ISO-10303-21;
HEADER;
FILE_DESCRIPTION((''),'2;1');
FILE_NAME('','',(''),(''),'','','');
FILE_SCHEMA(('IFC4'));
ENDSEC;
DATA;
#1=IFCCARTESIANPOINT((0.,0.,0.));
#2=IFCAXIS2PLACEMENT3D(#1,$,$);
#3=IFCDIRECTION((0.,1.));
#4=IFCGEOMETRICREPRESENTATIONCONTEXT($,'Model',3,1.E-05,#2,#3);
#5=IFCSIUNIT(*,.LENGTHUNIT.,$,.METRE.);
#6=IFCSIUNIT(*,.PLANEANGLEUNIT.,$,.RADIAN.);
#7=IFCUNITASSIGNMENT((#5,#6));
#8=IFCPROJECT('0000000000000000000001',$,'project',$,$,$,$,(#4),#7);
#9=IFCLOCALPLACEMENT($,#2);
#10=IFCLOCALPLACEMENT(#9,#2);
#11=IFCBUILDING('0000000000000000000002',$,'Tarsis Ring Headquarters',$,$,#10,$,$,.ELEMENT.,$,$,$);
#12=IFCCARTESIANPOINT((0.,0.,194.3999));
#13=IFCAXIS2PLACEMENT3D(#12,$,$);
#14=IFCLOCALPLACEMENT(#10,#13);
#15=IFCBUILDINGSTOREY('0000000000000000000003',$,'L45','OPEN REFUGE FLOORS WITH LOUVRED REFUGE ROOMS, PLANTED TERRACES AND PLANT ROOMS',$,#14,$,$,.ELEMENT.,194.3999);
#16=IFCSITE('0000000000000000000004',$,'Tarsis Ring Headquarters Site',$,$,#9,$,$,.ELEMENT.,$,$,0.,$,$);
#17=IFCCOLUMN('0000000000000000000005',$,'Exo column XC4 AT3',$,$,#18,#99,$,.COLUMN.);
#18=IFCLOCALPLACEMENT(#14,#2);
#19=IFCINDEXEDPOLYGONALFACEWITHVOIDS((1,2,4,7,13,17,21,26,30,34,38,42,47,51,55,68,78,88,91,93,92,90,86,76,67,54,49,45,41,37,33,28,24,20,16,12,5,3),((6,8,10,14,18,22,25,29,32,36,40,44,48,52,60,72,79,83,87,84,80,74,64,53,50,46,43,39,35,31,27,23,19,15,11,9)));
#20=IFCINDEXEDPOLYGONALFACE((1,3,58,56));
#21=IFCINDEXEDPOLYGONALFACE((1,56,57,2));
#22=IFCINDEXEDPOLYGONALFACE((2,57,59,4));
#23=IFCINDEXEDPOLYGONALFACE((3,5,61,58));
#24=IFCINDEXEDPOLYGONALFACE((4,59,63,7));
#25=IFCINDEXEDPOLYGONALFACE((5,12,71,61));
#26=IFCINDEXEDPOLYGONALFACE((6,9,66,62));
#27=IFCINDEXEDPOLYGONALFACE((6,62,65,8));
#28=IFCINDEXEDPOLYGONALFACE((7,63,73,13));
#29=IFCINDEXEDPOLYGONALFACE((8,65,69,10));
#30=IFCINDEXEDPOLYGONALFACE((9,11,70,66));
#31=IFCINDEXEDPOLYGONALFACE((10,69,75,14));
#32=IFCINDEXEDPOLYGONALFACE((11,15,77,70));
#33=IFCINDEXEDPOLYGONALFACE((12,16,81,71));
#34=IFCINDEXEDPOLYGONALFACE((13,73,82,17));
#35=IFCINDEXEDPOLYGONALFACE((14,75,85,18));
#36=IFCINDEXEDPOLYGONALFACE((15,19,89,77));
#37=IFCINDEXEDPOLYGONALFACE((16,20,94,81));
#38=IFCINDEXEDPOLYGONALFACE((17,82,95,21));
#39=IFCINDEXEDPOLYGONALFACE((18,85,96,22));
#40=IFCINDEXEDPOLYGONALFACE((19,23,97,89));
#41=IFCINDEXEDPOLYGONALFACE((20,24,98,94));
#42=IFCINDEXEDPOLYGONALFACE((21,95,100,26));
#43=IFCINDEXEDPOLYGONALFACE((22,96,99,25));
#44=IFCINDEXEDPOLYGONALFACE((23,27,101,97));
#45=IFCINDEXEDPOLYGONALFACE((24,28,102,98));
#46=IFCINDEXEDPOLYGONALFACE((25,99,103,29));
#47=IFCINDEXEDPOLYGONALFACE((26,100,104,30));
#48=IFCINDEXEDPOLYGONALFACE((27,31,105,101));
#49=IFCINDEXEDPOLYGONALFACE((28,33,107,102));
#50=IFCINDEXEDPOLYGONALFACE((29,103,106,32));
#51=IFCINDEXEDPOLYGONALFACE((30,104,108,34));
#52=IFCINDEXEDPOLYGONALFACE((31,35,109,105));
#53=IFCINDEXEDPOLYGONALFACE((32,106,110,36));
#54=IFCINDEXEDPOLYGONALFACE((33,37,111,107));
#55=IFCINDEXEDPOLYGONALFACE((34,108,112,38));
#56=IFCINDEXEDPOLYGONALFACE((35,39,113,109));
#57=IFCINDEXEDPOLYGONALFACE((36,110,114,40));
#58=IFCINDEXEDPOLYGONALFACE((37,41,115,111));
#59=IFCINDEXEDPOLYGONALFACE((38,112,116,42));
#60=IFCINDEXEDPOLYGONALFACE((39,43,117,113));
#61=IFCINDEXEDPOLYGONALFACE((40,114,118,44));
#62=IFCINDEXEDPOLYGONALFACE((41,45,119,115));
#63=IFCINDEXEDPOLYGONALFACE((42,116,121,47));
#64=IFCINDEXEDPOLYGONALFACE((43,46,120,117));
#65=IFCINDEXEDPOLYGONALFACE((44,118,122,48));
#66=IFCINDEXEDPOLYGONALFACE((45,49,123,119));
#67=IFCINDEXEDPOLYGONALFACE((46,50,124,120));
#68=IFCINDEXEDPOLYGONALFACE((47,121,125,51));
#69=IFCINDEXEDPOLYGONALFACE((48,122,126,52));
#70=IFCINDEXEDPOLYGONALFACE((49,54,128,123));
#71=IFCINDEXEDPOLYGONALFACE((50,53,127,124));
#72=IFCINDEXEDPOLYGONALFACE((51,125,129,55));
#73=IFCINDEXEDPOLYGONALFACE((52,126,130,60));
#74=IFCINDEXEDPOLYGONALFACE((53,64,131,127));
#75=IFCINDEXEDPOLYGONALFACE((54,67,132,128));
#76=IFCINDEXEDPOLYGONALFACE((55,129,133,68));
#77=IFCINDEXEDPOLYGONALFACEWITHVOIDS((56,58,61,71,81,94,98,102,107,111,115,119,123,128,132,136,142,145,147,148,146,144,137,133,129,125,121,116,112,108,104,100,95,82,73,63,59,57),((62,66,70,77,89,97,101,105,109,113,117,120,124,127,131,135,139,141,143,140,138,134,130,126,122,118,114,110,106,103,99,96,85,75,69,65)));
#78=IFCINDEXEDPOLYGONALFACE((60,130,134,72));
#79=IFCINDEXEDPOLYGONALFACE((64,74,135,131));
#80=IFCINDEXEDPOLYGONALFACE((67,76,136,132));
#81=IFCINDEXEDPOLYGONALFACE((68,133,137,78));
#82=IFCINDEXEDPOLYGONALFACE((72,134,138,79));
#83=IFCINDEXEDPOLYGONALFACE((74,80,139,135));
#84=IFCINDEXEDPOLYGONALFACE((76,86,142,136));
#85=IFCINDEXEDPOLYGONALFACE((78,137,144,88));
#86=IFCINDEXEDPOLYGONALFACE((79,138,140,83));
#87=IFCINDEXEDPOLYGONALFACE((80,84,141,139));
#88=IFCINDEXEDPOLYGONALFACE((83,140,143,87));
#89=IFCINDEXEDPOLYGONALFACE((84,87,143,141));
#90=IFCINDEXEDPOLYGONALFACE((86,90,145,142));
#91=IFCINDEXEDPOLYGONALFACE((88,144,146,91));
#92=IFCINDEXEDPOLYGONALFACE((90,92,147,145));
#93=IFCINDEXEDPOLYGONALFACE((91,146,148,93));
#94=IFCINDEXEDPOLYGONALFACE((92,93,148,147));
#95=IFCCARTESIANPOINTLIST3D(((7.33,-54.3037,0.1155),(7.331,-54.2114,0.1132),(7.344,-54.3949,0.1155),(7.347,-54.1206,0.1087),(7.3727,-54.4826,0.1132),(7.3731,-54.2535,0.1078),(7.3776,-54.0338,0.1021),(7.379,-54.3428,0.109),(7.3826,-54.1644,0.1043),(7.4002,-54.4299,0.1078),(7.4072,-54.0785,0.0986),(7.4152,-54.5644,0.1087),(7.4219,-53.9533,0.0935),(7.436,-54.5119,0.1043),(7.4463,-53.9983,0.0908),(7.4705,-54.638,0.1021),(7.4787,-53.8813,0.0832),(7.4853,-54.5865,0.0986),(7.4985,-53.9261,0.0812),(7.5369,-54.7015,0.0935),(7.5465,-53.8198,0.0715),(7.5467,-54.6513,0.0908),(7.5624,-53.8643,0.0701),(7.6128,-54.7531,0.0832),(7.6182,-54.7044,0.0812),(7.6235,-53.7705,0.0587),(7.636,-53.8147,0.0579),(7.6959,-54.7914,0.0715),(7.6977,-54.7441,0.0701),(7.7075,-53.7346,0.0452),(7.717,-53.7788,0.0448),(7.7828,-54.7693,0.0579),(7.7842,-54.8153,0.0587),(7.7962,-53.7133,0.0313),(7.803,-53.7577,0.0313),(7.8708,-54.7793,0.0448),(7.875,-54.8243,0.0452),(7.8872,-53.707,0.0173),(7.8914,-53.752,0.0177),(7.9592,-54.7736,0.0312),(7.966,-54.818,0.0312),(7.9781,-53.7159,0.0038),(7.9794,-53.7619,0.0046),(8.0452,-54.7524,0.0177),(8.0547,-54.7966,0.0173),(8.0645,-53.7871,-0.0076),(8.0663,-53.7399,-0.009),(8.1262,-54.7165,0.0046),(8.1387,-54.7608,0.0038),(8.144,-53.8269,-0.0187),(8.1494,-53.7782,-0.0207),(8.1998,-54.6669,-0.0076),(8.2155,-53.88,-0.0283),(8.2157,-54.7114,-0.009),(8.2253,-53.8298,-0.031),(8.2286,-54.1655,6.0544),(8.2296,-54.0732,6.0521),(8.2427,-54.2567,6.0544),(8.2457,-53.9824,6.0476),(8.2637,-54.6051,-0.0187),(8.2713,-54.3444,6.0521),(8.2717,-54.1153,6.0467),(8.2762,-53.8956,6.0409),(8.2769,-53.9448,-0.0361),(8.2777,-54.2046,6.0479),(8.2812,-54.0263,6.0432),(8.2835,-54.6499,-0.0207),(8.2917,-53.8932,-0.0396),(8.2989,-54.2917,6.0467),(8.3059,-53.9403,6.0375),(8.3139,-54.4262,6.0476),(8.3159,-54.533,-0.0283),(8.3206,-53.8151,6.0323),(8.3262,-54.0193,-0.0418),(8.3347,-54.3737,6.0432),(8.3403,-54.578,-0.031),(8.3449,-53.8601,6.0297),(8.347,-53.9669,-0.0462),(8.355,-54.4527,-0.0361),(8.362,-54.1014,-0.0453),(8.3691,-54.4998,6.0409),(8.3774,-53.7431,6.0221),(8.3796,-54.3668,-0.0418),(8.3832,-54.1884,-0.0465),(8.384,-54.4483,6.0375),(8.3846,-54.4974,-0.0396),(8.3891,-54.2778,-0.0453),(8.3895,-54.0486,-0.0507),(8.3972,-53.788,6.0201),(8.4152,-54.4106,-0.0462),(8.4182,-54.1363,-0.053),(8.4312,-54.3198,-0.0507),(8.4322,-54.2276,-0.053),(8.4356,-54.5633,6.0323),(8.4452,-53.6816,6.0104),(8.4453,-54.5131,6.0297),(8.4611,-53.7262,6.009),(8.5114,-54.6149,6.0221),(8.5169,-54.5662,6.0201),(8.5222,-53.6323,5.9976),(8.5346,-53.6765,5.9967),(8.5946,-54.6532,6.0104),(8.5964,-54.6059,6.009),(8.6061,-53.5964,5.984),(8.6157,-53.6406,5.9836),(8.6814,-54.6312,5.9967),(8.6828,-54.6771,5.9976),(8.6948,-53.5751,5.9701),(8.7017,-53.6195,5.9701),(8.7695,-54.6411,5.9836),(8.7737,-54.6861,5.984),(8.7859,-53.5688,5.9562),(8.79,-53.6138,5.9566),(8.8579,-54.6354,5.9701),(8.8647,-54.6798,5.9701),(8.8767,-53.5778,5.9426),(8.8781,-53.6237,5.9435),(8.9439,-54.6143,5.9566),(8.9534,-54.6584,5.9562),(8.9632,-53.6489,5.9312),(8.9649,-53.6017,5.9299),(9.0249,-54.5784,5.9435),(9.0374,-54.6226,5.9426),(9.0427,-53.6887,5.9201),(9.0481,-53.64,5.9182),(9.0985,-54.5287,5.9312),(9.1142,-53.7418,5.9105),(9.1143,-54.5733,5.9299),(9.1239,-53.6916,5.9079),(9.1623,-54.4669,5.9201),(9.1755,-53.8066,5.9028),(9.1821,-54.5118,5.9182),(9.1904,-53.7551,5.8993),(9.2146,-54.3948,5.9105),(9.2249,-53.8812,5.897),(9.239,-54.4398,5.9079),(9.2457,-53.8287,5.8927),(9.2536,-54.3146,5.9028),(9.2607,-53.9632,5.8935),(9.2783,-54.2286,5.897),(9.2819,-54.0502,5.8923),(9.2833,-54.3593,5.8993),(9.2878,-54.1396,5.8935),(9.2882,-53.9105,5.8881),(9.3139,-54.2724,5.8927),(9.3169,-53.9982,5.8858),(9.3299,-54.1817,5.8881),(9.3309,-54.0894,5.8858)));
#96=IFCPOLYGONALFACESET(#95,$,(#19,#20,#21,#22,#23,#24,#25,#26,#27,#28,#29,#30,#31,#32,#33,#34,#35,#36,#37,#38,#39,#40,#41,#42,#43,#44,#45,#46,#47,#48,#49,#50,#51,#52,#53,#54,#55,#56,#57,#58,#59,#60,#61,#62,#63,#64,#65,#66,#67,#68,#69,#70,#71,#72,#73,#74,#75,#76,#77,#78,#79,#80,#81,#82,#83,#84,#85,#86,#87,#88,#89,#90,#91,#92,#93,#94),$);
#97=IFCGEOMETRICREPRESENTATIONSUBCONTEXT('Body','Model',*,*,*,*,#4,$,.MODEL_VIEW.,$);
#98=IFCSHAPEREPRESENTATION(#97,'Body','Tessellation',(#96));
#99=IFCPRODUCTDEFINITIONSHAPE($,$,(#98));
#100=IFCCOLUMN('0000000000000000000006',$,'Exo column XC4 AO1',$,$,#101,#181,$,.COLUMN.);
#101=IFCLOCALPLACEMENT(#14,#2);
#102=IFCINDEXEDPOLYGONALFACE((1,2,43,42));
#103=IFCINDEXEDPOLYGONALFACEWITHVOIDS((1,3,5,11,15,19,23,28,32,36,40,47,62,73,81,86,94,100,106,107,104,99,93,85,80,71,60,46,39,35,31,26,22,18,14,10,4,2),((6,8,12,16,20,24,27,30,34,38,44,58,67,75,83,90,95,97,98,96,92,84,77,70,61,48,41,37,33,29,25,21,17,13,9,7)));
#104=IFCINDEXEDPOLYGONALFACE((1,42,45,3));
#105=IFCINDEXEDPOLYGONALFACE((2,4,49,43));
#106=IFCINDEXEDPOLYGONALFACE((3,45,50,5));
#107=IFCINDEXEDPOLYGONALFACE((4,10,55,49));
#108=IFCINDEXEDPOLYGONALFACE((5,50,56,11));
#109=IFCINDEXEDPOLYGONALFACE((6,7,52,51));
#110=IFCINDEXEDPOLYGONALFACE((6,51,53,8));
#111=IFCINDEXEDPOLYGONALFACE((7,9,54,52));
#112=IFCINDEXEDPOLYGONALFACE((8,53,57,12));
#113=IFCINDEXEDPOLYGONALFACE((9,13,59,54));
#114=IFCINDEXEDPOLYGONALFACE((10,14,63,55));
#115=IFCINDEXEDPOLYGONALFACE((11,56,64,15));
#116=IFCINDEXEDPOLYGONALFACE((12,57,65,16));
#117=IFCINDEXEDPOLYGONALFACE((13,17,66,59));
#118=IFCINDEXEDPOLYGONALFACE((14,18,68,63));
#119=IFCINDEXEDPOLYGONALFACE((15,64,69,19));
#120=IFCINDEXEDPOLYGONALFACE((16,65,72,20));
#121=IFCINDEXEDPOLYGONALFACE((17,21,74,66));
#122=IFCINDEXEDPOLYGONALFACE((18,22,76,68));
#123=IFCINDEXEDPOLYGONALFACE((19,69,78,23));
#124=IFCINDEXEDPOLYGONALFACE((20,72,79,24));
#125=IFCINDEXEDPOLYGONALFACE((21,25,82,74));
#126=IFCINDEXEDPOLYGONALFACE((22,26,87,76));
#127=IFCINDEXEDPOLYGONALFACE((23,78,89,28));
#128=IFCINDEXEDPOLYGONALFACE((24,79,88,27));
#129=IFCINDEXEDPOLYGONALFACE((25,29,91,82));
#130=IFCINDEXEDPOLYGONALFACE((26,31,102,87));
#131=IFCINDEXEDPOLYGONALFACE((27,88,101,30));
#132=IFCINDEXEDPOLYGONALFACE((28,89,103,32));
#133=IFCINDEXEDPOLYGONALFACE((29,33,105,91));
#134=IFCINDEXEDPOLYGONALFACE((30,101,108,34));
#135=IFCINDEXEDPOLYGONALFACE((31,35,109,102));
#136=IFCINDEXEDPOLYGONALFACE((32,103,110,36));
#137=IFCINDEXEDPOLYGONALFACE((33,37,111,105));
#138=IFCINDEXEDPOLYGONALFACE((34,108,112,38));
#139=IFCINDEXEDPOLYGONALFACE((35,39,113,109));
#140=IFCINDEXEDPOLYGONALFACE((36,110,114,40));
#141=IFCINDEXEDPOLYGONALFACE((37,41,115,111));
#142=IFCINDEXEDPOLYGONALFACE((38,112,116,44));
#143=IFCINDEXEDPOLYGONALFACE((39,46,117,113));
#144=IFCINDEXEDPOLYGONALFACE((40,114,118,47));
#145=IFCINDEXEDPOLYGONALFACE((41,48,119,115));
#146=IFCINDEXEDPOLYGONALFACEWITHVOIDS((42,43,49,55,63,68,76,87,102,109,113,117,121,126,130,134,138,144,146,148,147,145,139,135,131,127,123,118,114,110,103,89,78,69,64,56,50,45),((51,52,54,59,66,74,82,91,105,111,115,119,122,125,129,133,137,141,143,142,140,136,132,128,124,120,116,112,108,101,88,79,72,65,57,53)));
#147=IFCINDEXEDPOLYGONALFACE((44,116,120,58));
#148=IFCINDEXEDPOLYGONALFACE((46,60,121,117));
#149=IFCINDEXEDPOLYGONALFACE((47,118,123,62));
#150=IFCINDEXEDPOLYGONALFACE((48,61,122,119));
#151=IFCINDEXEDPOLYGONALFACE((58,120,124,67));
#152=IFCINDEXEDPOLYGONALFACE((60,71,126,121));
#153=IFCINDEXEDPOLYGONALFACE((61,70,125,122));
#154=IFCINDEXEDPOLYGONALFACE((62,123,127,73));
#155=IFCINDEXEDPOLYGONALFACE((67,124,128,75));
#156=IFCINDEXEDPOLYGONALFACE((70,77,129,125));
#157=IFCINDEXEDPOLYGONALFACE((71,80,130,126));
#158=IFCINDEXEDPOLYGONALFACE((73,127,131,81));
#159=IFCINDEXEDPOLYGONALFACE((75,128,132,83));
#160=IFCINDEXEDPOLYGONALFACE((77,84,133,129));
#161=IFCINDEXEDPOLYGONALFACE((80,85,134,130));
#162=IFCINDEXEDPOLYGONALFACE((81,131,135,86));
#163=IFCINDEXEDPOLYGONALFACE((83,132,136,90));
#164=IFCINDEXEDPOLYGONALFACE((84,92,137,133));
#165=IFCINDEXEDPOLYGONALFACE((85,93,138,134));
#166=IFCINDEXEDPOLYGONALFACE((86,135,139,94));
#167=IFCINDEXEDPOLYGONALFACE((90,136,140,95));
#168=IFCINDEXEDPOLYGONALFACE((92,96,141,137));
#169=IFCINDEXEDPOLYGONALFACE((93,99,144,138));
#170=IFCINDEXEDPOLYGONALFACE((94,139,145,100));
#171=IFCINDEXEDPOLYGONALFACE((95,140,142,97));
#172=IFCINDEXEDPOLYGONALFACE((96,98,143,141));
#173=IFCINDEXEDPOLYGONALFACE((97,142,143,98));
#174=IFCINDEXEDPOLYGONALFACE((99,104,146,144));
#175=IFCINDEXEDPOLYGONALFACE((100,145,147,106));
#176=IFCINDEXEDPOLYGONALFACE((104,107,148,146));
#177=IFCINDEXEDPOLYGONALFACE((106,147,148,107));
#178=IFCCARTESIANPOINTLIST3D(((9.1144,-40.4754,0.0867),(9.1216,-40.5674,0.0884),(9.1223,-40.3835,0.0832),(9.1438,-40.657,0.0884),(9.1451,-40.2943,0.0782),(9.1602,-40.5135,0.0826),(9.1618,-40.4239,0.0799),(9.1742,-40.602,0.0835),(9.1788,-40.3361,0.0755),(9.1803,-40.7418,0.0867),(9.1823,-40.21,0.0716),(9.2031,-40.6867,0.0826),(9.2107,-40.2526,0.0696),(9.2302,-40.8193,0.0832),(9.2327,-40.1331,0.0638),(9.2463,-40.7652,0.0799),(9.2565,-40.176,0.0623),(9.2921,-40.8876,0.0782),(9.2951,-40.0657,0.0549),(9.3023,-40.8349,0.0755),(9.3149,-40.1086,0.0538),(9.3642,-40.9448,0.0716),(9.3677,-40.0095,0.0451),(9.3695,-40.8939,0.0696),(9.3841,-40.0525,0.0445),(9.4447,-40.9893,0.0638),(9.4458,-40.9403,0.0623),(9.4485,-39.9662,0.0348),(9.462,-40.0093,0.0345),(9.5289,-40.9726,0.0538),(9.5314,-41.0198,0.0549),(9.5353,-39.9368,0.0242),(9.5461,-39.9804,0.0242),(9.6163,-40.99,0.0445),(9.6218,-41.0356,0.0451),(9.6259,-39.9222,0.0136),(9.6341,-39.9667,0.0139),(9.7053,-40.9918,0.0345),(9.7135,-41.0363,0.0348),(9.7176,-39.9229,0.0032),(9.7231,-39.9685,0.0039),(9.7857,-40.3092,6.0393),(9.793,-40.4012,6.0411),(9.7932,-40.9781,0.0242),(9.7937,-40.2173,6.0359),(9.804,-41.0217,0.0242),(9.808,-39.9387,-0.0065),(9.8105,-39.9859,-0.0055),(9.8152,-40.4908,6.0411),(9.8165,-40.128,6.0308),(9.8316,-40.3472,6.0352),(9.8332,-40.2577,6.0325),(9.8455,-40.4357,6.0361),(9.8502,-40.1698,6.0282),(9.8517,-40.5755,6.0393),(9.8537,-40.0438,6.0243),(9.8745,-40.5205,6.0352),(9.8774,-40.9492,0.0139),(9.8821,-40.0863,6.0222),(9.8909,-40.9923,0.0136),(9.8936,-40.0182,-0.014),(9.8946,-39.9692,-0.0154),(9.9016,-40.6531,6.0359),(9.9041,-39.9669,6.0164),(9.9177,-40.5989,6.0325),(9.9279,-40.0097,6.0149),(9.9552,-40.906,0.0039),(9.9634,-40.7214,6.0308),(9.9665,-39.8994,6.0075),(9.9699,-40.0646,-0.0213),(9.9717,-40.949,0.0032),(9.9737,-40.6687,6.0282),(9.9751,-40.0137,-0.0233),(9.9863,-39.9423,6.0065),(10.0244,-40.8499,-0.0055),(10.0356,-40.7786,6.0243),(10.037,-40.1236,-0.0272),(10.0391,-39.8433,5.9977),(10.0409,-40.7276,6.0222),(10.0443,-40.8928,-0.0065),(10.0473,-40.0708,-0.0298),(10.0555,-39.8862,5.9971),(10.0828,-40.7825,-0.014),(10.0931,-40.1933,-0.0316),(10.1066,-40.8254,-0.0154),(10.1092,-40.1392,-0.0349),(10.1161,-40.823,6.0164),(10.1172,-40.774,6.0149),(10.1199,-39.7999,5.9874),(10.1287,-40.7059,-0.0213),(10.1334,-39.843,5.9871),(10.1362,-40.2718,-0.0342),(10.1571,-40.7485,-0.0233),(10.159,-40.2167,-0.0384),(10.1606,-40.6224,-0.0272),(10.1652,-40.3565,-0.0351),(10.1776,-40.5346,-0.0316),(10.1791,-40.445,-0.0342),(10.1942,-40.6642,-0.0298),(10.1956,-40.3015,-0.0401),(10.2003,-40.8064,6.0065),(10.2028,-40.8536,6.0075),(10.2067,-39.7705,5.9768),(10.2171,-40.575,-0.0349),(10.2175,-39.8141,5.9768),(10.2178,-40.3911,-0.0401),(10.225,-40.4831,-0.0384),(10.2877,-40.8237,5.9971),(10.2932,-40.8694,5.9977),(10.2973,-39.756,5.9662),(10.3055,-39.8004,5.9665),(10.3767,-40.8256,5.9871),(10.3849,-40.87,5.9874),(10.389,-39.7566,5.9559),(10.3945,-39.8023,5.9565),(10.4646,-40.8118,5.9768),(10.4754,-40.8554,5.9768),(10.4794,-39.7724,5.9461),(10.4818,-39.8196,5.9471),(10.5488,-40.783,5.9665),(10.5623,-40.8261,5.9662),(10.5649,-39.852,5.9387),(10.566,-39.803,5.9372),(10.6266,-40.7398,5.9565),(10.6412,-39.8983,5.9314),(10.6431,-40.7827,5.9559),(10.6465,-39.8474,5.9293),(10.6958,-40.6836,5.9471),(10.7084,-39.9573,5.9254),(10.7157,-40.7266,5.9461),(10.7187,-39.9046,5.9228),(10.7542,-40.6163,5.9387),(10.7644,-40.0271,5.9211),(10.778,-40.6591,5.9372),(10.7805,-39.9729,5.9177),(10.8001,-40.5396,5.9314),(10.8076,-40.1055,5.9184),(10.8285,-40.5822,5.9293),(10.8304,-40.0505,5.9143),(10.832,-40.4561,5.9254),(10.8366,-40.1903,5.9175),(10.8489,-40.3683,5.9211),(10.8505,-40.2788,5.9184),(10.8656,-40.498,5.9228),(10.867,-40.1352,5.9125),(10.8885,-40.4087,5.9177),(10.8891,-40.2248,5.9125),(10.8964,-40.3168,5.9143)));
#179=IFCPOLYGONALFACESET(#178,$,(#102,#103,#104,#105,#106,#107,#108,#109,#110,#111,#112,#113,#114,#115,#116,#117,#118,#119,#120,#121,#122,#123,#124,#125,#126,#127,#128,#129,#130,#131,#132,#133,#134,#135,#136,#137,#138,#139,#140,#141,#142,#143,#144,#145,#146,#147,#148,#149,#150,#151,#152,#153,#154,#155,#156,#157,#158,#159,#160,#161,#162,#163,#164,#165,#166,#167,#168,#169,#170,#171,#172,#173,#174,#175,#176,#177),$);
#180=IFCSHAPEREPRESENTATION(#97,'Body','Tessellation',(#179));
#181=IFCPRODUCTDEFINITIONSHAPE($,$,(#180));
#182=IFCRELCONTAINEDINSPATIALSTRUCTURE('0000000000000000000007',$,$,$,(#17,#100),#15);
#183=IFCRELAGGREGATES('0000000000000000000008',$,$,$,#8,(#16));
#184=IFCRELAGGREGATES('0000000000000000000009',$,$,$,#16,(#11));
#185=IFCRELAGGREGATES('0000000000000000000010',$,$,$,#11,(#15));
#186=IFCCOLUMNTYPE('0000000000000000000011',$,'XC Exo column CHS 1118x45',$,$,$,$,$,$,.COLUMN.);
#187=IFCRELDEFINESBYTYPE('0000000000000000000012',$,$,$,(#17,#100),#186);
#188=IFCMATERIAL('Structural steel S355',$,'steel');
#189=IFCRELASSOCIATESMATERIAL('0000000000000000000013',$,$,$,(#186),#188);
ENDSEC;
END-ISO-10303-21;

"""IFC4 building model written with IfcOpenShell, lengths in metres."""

from ifc_helpers import new_model, si_unit, direction, frame, origin, origin_2d, place, context, subcontext, project, spatial, hollow_circle, extrude, material, material_profile, profile_set, type_object, element, save


model = new_model("IFC4")

# Units and contexts
model_context = context("Model", 3, precision=1e-05, world=origin(), true_north=direction((0.0, 1.0)))
body_context = subcontext(model_context, "Body", "Model", "MODEL_VIEW")
ifc_project = project(units=[si_unit("LENGTHUNIT", "METRE"), si_unit("PLANEANGLEUNIT", "RADIAN")], contexts=[model_context])

# Site, building, storey
site_placement = place(None, origin())
site = spatial("IfcSite", under=ifc_project, at=site_placement, Name="Tarsis Ring Headquarters Site", CompositionType="ELEMENT", RefElevation=0.0)
building_placement = place(site_placement, origin())
building = spatial("IfcBuilding", under=site, at=building_placement, Name="Tarsis Ring Headquarters", CompositionType="ELEMENT")
storey_placement = place(building_placement, frame((0.0, 0.0, 194.3999)))
storey = spatial("IfcBuildingStorey", under=building, at=storey_placement, Name="L45", Description="OPEN REFUGE FLOORS WITH LOUVRED REFUGE ROOMS, PLANTED TERRACES AND PLANT ROOMS", CompositionType="ELEMENT", Elevation=194.3999)

# Columns
ifc_material_1 = material(Name="Structural steel S355", Category="steel")
ifc_material_profile_1 = material_profile(ifc_material_1, hollow_circle(Radius=0.5588, WallThickness=0.0449, at=origin_2d()), Name="CHS 1118x45")
ifc_profile_set_1 = profile_set([ifc_material_profile_1], Name="Structural steel S355")
column_type = type_object("IfcColumnType", Name="XC Exo column CHS 1118x45", PredefinedType="COLUMN", material=ifc_profile_set_1)
column_1_placement = place(storey_placement, frame((7.8811, -54.2656, 0.0312), z_axis=(0.149577, 0.022999, 0.988483), x_axis=(-0.151976, 0.988384, 0.0)))
element("IfcColumn", 1, at=column_1_placement, inside=storey, type_object=column_type, Name="Exo column XC4 AT3", PredefinedType="COLUMN", context=body_context, shape_type="SweptSolid", body=[
    extrude(hollow_circle(Radius=0.5588, WallThickness=0.0449, at=origin_2d()), origin(), (0.0, 0.0, 1.0), 6.0081),
])
column_2_placement = place(storey_placement, frame((9.6697, -40.4792, 0.0242), z_axis=(0.112034, 0.027744, 0.993317), x_axis=(-0.240376, 0.97068, 0.0)))
element("IfcColumn", 2, at=column_2_placement, inside=storey, type_object=column_type, Name="Exo column XC4 AO1", PredefinedType="COLUMN", context=body_context, shape_type="SweptSolid", body=[
    extrude(hollow_circle(Radius=0.5588, WallThickness=0.0449, at=origin_2d()), origin(), (0.0, 0.0, 1.0), 5.9927),
])

save(model, "model.ifc")
